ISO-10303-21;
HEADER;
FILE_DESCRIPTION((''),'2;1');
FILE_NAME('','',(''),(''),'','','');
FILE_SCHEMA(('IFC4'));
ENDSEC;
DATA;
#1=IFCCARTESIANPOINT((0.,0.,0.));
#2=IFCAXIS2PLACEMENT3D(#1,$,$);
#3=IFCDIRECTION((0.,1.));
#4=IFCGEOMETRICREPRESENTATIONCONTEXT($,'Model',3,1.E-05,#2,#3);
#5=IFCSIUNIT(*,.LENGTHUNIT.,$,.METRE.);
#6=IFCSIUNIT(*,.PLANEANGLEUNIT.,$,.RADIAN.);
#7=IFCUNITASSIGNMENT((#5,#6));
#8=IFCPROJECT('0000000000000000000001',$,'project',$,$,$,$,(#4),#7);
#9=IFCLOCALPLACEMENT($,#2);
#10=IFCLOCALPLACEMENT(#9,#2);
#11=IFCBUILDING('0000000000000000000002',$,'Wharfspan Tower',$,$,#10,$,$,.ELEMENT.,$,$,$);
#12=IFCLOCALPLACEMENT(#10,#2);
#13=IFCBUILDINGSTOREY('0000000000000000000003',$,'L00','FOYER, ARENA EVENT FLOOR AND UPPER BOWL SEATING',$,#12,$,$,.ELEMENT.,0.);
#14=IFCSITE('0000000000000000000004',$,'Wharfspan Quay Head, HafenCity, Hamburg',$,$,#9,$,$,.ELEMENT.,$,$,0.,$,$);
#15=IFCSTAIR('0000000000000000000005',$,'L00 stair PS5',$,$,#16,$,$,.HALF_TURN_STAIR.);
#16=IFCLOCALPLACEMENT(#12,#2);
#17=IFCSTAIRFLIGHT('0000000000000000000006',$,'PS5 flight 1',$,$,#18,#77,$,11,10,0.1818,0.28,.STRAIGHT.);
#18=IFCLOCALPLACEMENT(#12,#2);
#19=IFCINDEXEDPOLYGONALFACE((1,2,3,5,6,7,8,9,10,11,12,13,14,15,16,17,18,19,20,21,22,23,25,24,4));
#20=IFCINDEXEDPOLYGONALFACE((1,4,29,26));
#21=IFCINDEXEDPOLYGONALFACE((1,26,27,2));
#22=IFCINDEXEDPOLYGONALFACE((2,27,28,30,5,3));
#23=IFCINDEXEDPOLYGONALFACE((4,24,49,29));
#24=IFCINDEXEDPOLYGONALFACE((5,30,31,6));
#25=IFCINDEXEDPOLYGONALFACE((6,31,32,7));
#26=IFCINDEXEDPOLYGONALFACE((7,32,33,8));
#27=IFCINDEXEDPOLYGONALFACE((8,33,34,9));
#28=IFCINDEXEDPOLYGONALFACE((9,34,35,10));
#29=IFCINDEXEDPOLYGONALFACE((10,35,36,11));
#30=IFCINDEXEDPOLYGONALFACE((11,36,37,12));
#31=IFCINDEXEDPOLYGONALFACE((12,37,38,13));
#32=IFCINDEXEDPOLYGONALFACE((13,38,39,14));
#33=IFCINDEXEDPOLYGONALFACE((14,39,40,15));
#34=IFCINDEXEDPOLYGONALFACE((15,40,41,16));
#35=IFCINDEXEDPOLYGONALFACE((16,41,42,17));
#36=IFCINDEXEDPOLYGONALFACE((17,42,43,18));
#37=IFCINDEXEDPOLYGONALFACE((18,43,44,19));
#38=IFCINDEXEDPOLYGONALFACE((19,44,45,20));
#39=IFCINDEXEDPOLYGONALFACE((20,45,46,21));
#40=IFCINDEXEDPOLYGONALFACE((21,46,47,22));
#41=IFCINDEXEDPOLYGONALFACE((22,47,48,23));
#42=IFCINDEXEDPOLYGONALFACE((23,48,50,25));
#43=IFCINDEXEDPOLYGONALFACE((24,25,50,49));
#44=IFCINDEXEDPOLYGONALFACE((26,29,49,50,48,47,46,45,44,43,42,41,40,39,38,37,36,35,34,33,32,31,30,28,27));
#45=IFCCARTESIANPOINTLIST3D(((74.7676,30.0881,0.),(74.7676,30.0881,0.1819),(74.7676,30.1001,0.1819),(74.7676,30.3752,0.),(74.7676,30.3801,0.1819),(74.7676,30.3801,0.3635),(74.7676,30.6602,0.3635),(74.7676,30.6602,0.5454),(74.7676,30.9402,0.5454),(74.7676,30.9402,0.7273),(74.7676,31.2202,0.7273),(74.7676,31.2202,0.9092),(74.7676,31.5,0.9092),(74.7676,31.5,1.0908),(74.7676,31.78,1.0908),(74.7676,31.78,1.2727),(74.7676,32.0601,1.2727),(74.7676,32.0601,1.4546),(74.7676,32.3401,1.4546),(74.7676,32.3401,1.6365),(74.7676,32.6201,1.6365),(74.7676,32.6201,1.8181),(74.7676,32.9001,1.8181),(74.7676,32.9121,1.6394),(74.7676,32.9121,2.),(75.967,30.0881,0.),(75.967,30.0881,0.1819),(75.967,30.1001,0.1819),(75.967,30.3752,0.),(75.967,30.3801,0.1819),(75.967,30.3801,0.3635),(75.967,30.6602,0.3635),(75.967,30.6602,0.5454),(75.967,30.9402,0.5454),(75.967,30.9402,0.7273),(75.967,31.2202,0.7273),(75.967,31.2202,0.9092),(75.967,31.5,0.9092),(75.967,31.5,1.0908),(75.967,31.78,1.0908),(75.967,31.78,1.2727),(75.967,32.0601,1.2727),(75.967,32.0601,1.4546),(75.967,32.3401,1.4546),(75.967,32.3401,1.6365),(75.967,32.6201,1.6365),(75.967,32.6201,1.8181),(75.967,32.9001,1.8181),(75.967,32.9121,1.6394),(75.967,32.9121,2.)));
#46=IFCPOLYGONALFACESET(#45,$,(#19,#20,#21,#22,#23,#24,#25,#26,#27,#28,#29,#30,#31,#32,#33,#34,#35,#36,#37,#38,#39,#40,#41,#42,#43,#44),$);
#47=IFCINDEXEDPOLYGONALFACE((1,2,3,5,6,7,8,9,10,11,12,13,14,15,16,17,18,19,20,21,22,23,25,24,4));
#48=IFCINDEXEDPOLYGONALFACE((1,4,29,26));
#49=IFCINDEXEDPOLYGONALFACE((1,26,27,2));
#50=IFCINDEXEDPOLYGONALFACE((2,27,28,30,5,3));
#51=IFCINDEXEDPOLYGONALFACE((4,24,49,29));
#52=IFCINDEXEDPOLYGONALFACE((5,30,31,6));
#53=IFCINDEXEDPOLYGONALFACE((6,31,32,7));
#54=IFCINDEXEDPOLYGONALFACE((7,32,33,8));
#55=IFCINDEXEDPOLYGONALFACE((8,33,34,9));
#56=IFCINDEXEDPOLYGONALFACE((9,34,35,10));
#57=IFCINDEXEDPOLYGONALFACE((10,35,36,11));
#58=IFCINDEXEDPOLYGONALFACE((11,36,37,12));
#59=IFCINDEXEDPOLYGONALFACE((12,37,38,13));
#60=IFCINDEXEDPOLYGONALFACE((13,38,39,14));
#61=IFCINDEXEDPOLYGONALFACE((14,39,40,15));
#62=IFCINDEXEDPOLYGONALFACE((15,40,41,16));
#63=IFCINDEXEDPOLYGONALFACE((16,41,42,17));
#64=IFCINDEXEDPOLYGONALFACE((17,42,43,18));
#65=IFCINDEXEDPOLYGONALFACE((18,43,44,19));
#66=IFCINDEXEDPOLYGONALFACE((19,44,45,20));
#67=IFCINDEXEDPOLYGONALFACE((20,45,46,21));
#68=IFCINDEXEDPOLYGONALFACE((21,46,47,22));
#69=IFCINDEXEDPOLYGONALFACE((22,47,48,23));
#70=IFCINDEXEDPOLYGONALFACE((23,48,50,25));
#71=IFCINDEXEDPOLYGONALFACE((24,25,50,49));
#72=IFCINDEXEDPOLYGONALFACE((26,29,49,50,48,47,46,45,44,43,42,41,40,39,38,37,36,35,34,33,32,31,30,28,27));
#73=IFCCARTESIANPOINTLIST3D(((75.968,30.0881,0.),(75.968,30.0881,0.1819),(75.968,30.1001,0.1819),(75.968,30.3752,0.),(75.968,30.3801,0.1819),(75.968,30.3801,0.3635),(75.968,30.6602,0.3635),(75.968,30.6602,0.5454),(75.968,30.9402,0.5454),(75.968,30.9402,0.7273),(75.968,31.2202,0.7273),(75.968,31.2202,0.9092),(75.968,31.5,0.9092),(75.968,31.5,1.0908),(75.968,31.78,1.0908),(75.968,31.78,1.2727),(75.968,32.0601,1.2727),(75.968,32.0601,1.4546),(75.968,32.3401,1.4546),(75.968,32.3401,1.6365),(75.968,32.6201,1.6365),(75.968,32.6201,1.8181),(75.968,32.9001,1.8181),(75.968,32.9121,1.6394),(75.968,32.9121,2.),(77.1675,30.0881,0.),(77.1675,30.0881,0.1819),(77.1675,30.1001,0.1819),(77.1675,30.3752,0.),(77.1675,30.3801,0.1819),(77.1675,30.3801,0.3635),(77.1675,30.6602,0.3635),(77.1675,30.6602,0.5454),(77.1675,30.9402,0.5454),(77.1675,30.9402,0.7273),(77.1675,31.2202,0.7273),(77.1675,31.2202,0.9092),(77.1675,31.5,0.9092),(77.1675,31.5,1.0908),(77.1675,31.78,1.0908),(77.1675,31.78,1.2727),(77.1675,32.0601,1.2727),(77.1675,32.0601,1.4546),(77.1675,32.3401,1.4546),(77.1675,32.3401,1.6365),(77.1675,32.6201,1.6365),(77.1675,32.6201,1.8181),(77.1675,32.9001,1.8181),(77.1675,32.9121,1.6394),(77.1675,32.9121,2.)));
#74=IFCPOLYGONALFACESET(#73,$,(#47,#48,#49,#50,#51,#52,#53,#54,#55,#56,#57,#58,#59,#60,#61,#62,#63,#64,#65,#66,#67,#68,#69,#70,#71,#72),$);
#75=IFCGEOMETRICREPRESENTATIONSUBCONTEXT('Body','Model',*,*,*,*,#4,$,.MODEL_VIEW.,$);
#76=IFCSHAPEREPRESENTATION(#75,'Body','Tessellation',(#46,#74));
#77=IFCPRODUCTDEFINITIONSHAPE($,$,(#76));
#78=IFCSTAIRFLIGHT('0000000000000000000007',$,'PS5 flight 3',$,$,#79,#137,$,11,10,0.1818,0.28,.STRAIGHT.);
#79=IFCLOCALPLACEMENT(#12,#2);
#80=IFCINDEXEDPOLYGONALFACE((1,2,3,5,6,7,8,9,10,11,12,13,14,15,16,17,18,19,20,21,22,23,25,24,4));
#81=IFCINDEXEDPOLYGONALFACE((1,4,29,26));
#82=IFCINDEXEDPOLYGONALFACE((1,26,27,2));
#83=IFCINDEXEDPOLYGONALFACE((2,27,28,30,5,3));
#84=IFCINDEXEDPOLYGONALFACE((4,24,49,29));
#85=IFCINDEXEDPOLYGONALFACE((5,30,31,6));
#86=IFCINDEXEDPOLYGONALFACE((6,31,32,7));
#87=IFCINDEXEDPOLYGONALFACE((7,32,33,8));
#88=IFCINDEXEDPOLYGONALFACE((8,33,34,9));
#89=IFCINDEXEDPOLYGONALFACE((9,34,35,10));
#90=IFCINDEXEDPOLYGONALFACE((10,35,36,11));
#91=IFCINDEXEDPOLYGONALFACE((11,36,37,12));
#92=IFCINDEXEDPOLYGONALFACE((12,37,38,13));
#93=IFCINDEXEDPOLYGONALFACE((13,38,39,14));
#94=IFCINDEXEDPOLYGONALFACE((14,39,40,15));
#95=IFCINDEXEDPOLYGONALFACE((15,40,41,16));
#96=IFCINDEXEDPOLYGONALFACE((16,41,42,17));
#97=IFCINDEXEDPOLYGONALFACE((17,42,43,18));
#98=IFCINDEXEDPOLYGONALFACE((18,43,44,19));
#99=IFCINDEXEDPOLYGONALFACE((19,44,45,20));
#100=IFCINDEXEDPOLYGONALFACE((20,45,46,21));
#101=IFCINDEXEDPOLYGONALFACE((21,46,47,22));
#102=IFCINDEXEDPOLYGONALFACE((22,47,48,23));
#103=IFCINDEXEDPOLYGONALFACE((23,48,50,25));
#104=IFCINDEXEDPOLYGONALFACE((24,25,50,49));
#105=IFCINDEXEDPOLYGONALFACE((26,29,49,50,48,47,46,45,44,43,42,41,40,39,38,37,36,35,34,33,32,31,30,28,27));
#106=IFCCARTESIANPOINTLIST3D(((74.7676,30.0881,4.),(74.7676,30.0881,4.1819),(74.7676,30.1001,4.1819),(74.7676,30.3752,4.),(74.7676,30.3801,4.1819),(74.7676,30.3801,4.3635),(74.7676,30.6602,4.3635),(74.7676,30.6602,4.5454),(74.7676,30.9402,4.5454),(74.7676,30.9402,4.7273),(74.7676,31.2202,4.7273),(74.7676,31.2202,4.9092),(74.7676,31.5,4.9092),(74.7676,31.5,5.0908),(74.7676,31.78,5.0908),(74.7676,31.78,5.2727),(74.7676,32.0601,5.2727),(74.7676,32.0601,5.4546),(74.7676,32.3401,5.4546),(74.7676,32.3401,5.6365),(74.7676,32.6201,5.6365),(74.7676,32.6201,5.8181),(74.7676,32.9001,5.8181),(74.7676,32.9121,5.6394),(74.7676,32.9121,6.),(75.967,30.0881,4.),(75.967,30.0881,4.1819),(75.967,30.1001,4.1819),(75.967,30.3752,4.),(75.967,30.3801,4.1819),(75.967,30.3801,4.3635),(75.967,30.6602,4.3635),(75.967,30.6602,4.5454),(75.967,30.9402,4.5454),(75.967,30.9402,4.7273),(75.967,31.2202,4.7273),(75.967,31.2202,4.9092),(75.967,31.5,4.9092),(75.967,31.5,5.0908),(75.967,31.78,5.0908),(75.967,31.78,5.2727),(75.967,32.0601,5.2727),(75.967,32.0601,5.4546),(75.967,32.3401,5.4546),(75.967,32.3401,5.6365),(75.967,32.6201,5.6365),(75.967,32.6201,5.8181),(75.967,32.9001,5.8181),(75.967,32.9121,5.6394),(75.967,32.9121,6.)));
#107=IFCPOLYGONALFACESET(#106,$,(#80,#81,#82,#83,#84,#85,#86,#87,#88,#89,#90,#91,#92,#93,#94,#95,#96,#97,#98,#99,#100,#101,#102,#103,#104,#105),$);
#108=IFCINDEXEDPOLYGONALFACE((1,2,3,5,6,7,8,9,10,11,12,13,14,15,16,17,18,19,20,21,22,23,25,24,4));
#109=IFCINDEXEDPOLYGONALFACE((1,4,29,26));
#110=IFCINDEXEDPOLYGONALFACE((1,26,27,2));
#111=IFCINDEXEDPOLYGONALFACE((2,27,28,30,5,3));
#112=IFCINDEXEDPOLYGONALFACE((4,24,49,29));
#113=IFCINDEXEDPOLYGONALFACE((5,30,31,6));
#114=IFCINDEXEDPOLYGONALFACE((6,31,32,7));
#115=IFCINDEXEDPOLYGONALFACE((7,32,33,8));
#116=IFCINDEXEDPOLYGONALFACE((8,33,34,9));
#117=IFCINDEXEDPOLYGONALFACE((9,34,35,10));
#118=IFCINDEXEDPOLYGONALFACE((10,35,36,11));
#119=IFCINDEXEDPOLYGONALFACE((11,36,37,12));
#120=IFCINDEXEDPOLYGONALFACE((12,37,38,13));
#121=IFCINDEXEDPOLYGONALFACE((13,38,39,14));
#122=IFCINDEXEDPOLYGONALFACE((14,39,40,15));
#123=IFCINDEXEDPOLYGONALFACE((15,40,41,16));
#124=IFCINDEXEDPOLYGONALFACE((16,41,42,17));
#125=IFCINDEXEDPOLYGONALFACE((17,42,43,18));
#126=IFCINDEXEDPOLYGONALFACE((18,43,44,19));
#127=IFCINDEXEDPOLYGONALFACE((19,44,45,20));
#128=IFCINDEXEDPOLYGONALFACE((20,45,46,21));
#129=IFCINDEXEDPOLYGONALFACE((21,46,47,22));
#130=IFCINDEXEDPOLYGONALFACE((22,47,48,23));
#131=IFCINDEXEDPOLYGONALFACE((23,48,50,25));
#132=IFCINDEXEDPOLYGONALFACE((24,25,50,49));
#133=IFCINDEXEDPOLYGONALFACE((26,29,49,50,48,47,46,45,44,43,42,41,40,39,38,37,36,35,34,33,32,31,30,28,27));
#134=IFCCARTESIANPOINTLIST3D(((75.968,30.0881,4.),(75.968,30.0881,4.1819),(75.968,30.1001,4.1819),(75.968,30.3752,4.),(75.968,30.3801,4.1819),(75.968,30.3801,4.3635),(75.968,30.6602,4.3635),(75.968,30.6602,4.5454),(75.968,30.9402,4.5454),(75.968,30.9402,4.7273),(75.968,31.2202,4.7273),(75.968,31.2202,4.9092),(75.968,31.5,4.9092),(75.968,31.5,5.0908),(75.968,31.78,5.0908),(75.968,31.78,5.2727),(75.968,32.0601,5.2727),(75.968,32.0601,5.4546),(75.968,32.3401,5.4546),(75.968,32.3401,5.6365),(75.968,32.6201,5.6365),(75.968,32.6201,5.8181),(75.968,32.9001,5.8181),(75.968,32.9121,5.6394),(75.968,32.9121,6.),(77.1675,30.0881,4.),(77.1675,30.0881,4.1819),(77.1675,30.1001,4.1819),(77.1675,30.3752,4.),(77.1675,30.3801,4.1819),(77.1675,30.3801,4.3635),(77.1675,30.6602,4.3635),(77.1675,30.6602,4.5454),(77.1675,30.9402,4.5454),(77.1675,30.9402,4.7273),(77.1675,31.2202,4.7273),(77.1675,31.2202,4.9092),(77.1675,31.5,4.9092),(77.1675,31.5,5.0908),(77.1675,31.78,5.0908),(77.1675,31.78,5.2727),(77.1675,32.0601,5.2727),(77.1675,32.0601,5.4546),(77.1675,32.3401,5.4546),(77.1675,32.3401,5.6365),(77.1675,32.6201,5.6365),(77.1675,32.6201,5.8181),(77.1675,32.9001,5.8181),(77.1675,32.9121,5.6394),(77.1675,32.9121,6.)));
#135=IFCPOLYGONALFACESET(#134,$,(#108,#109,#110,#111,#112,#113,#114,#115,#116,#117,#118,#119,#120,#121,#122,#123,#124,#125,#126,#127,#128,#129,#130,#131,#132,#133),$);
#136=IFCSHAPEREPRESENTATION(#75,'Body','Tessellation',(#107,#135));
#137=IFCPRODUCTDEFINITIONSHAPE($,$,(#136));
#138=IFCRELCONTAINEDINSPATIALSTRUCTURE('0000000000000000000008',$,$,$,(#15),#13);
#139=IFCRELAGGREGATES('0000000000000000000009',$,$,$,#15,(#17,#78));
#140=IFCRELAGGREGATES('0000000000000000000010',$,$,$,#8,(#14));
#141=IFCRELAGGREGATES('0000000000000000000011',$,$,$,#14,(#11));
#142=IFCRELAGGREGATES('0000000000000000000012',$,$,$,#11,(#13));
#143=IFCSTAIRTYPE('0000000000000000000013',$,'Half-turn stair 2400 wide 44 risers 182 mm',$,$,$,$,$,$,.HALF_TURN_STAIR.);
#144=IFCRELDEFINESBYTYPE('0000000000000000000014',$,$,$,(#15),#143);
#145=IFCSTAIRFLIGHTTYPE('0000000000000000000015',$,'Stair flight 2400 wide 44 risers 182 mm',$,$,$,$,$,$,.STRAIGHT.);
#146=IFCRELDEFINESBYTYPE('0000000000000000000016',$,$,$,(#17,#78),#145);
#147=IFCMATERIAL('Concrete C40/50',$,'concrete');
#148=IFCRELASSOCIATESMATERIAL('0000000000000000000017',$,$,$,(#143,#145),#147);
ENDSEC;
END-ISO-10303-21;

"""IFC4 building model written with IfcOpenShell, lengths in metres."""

from ifc_helpers import new_model, si_unit, direction, frame, origin, place, context, subcontext, project, spatial, polyline, outline, extrude, material, type_object, element, aggregate, save


model = new_model("IFC4")

# Units and contexts
model_context = context("Model", 3, precision=1e-05, world=origin(), true_north=direction((0.0, 1.0)))
body_context = subcontext(model_context, "Body", "Model", "MODEL_VIEW")
ifc_project = project(units=[si_unit("LENGTHUNIT", "METRE"), si_unit("PLANEANGLEUNIT", "RADIAN")], contexts=[model_context])

# Site, building, storey
site_placement = place(None, origin())
site = spatial("IfcSite", under=ifc_project, at=site_placement, Name="Wharfspan Quay Head, HafenCity, Hamburg", CompositionType="ELEMENT", RefElevation=0.0)
building_placement = place(site_placement, origin())
building = spatial("IfcBuilding", under=site, at=building_placement, Name="Wharfspan Tower", CompositionType="ELEMENT")
storey_placement = place(building_placement, origin())
storey = spatial("IfcBuildingStorey", under=building, at=storey_placement, Name="L00", Description="FOYER, ARENA EVENT FLOOR AND UPPER BOWL SEATING", CompositionType="ELEMENT", Elevation=0.0)

# Shared definitions
ifc_material_1 = material(Name="Concrete C40/50", Category="concrete")

# Stair, stair flights
stair_type = type_object("IfcStairType", Name="Half-turn stair 2400 wide 44 risers 182 mm", PredefinedType="HALF_TURN_STAIR", material=ifc_material_1)
stair_placement = place(storey_placement, origin())
stair = element("IfcStair", 1, at=stair_placement, inside=storey, type_object=stair_type, Name="L00 stair PS5", PredefinedType="HALF_TURN_STAIR")
stair_flight_type = type_object("IfcStairFlightType", Name="Stair flight 2400 wide 44 risers 182 mm", PredefinedType="STRAIGHT", material=ifc_material_1)
stair_flight_1_placement = place(storey_placement, frame((75.9675, 30.1001, 0.0), z_axis=(0.0, 0.0, 1.0), x_axis=(0.0, 1.0, 0.0)))
stair_flight_1 = element("IfcStairFlight", 2, at=stair_flight_1_placement, type_object=stair_flight_type, Name="PS5 flight 1", NumberOfRisers=11, NumberOfTreads=10, PredefinedType="STRAIGHT", RiserHeight=0.1818, TreadLength=0.28, context=body_context, shape_type="SweptSolid", body=[
    extrude(outline(polyline([(-0.012, 0.0), (-0.012, 0.1819), (0.0, 0.1819), (0.28, 0.1819), (0.28, 0.3635), (0.5601, 0.3635), (0.5601, 0.5454), (0.8401, 0.5454), (0.8401, 0.7273), (1.1201, 0.7273), (1.1201, 0.9092), (1.3999, 0.9092), (1.3999, 1.0908), (1.6799, 1.0908), (1.6799, 1.2727), (1.96, 1.2727), (1.96, 1.4546), (2.24, 1.4546), (2.24, 1.6365), (2.52, 1.6365), (2.52, 1.8181), (2.8, 1.8181), (2.812, 2.0), (2.812, 1.6394), (0.2751, 0.0), (-0.012, 0.0)])), frame((0.0, 1.2, 0.0), z_axis=(0.0, -1.0, 0.0), x_axis=(1.0, 0.0, 0.0)), (0.0, 0.0, 1.0), 1.1995),
    extrude(outline(polyline([(-0.012, 0.0), (-0.012, 0.1819), (0.0, 0.1819), (0.28, 0.1819), (0.28, 0.3635), (0.5601, 0.3635), (0.5601, 0.5454), (0.8401, 0.5454), (0.8401, 0.7273), (1.1201, 0.7273), (1.1201, 0.9092), (1.3999, 0.9092), (1.3999, 1.0908), (1.6799, 1.0908), (1.6799, 1.2727), (1.96, 1.2727), (1.96, 1.4546), (2.24, 1.4546), (2.24, 1.6365), (2.52, 1.6365), (2.52, 1.8181), (2.8, 1.8181), (2.812, 2.0), (2.812, 1.6394), (0.2751, 0.0), (-0.012, 0.0)])), frame((0.0, -0.0005, 0.0), z_axis=(0.0, -1.0, 0.0), x_axis=(1.0, 0.0, 0.0)), (0.0, 0.0, 1.0), 1.1995),
])
stair_flight_2_placement = place(storey_placement, frame((75.9675, 30.1001, 4.0), z_axis=(0.0, 0.0, 1.0), x_axis=(0.0, 1.0, 0.0)))
stair_flight_2 = element("IfcStairFlight", 3, at=stair_flight_2_placement, type_object=stair_flight_type, Name="PS5 flight 3", NumberOfRisers=11, NumberOfTreads=10, PredefinedType="STRAIGHT", RiserHeight=0.1818, TreadLength=0.28, context=body_context, shape_type="SweptSolid", body=[
    extrude(outline(polyline([(-0.012, 0.0), (-0.012, 0.1819), (0.0, 0.1819), (0.28, 0.1819), (0.28, 0.3635), (0.5601, 0.3635), (0.5601, 0.5454), (0.8401, 0.5454), (0.8401, 0.7273), (1.1201, 0.7273), (1.1201, 0.9092), (1.3999, 0.9092), (1.3999, 1.0908), (1.6799, 1.0908), (1.6799, 1.2727), (1.96, 1.2727), (1.96, 1.4546), (2.24, 1.4546), (2.24, 1.6365), (2.52, 1.6365), (2.52, 1.8181), (2.8, 1.8181), (2.812, 2.0), (2.812, 1.6394), (0.2751, 0.0), (-0.012, 0.0)])), frame((0.0, 1.2, 0.0), z_axis=(0.0, -1.0, 0.0), x_axis=(1.0, 0.0, 0.0)), (0.0, 0.0, 1.0), 1.1995),
    extrude(outline(polyline([(-0.012, 0.0), (-0.012, 0.1819), (0.0, 0.1819), (0.28, 0.1819), (0.28, 0.3635), (0.5601, 0.3635), (0.5601, 0.5454), (0.8401, 0.5454), (0.8401, 0.7273), (1.1201, 0.7273), (1.1201, 0.9092), (1.3999, 0.9092), (1.3999, 1.0908), (1.6799, 1.0908), (1.6799, 1.2727), (1.96, 1.2727), (1.96, 1.4546), (2.24, 1.4546), (2.24, 1.6365), (2.52, 1.6365), (2.52, 1.8181), (2.8, 1.8181), (2.812, 2.0), (2.812, 1.6394), (0.2751, 0.0), (-0.012, 0.0)])), frame((0.0, -0.0005, 0.0), z_axis=(0.0, -1.0, 0.0), x_axis=(1.0, 0.0, 0.0)), (0.0, 0.0, 1.0), 1.1995),
])
aggregate(stair, [stair_flight_1, stair_flight_2])

save(model, "model.ifc")
